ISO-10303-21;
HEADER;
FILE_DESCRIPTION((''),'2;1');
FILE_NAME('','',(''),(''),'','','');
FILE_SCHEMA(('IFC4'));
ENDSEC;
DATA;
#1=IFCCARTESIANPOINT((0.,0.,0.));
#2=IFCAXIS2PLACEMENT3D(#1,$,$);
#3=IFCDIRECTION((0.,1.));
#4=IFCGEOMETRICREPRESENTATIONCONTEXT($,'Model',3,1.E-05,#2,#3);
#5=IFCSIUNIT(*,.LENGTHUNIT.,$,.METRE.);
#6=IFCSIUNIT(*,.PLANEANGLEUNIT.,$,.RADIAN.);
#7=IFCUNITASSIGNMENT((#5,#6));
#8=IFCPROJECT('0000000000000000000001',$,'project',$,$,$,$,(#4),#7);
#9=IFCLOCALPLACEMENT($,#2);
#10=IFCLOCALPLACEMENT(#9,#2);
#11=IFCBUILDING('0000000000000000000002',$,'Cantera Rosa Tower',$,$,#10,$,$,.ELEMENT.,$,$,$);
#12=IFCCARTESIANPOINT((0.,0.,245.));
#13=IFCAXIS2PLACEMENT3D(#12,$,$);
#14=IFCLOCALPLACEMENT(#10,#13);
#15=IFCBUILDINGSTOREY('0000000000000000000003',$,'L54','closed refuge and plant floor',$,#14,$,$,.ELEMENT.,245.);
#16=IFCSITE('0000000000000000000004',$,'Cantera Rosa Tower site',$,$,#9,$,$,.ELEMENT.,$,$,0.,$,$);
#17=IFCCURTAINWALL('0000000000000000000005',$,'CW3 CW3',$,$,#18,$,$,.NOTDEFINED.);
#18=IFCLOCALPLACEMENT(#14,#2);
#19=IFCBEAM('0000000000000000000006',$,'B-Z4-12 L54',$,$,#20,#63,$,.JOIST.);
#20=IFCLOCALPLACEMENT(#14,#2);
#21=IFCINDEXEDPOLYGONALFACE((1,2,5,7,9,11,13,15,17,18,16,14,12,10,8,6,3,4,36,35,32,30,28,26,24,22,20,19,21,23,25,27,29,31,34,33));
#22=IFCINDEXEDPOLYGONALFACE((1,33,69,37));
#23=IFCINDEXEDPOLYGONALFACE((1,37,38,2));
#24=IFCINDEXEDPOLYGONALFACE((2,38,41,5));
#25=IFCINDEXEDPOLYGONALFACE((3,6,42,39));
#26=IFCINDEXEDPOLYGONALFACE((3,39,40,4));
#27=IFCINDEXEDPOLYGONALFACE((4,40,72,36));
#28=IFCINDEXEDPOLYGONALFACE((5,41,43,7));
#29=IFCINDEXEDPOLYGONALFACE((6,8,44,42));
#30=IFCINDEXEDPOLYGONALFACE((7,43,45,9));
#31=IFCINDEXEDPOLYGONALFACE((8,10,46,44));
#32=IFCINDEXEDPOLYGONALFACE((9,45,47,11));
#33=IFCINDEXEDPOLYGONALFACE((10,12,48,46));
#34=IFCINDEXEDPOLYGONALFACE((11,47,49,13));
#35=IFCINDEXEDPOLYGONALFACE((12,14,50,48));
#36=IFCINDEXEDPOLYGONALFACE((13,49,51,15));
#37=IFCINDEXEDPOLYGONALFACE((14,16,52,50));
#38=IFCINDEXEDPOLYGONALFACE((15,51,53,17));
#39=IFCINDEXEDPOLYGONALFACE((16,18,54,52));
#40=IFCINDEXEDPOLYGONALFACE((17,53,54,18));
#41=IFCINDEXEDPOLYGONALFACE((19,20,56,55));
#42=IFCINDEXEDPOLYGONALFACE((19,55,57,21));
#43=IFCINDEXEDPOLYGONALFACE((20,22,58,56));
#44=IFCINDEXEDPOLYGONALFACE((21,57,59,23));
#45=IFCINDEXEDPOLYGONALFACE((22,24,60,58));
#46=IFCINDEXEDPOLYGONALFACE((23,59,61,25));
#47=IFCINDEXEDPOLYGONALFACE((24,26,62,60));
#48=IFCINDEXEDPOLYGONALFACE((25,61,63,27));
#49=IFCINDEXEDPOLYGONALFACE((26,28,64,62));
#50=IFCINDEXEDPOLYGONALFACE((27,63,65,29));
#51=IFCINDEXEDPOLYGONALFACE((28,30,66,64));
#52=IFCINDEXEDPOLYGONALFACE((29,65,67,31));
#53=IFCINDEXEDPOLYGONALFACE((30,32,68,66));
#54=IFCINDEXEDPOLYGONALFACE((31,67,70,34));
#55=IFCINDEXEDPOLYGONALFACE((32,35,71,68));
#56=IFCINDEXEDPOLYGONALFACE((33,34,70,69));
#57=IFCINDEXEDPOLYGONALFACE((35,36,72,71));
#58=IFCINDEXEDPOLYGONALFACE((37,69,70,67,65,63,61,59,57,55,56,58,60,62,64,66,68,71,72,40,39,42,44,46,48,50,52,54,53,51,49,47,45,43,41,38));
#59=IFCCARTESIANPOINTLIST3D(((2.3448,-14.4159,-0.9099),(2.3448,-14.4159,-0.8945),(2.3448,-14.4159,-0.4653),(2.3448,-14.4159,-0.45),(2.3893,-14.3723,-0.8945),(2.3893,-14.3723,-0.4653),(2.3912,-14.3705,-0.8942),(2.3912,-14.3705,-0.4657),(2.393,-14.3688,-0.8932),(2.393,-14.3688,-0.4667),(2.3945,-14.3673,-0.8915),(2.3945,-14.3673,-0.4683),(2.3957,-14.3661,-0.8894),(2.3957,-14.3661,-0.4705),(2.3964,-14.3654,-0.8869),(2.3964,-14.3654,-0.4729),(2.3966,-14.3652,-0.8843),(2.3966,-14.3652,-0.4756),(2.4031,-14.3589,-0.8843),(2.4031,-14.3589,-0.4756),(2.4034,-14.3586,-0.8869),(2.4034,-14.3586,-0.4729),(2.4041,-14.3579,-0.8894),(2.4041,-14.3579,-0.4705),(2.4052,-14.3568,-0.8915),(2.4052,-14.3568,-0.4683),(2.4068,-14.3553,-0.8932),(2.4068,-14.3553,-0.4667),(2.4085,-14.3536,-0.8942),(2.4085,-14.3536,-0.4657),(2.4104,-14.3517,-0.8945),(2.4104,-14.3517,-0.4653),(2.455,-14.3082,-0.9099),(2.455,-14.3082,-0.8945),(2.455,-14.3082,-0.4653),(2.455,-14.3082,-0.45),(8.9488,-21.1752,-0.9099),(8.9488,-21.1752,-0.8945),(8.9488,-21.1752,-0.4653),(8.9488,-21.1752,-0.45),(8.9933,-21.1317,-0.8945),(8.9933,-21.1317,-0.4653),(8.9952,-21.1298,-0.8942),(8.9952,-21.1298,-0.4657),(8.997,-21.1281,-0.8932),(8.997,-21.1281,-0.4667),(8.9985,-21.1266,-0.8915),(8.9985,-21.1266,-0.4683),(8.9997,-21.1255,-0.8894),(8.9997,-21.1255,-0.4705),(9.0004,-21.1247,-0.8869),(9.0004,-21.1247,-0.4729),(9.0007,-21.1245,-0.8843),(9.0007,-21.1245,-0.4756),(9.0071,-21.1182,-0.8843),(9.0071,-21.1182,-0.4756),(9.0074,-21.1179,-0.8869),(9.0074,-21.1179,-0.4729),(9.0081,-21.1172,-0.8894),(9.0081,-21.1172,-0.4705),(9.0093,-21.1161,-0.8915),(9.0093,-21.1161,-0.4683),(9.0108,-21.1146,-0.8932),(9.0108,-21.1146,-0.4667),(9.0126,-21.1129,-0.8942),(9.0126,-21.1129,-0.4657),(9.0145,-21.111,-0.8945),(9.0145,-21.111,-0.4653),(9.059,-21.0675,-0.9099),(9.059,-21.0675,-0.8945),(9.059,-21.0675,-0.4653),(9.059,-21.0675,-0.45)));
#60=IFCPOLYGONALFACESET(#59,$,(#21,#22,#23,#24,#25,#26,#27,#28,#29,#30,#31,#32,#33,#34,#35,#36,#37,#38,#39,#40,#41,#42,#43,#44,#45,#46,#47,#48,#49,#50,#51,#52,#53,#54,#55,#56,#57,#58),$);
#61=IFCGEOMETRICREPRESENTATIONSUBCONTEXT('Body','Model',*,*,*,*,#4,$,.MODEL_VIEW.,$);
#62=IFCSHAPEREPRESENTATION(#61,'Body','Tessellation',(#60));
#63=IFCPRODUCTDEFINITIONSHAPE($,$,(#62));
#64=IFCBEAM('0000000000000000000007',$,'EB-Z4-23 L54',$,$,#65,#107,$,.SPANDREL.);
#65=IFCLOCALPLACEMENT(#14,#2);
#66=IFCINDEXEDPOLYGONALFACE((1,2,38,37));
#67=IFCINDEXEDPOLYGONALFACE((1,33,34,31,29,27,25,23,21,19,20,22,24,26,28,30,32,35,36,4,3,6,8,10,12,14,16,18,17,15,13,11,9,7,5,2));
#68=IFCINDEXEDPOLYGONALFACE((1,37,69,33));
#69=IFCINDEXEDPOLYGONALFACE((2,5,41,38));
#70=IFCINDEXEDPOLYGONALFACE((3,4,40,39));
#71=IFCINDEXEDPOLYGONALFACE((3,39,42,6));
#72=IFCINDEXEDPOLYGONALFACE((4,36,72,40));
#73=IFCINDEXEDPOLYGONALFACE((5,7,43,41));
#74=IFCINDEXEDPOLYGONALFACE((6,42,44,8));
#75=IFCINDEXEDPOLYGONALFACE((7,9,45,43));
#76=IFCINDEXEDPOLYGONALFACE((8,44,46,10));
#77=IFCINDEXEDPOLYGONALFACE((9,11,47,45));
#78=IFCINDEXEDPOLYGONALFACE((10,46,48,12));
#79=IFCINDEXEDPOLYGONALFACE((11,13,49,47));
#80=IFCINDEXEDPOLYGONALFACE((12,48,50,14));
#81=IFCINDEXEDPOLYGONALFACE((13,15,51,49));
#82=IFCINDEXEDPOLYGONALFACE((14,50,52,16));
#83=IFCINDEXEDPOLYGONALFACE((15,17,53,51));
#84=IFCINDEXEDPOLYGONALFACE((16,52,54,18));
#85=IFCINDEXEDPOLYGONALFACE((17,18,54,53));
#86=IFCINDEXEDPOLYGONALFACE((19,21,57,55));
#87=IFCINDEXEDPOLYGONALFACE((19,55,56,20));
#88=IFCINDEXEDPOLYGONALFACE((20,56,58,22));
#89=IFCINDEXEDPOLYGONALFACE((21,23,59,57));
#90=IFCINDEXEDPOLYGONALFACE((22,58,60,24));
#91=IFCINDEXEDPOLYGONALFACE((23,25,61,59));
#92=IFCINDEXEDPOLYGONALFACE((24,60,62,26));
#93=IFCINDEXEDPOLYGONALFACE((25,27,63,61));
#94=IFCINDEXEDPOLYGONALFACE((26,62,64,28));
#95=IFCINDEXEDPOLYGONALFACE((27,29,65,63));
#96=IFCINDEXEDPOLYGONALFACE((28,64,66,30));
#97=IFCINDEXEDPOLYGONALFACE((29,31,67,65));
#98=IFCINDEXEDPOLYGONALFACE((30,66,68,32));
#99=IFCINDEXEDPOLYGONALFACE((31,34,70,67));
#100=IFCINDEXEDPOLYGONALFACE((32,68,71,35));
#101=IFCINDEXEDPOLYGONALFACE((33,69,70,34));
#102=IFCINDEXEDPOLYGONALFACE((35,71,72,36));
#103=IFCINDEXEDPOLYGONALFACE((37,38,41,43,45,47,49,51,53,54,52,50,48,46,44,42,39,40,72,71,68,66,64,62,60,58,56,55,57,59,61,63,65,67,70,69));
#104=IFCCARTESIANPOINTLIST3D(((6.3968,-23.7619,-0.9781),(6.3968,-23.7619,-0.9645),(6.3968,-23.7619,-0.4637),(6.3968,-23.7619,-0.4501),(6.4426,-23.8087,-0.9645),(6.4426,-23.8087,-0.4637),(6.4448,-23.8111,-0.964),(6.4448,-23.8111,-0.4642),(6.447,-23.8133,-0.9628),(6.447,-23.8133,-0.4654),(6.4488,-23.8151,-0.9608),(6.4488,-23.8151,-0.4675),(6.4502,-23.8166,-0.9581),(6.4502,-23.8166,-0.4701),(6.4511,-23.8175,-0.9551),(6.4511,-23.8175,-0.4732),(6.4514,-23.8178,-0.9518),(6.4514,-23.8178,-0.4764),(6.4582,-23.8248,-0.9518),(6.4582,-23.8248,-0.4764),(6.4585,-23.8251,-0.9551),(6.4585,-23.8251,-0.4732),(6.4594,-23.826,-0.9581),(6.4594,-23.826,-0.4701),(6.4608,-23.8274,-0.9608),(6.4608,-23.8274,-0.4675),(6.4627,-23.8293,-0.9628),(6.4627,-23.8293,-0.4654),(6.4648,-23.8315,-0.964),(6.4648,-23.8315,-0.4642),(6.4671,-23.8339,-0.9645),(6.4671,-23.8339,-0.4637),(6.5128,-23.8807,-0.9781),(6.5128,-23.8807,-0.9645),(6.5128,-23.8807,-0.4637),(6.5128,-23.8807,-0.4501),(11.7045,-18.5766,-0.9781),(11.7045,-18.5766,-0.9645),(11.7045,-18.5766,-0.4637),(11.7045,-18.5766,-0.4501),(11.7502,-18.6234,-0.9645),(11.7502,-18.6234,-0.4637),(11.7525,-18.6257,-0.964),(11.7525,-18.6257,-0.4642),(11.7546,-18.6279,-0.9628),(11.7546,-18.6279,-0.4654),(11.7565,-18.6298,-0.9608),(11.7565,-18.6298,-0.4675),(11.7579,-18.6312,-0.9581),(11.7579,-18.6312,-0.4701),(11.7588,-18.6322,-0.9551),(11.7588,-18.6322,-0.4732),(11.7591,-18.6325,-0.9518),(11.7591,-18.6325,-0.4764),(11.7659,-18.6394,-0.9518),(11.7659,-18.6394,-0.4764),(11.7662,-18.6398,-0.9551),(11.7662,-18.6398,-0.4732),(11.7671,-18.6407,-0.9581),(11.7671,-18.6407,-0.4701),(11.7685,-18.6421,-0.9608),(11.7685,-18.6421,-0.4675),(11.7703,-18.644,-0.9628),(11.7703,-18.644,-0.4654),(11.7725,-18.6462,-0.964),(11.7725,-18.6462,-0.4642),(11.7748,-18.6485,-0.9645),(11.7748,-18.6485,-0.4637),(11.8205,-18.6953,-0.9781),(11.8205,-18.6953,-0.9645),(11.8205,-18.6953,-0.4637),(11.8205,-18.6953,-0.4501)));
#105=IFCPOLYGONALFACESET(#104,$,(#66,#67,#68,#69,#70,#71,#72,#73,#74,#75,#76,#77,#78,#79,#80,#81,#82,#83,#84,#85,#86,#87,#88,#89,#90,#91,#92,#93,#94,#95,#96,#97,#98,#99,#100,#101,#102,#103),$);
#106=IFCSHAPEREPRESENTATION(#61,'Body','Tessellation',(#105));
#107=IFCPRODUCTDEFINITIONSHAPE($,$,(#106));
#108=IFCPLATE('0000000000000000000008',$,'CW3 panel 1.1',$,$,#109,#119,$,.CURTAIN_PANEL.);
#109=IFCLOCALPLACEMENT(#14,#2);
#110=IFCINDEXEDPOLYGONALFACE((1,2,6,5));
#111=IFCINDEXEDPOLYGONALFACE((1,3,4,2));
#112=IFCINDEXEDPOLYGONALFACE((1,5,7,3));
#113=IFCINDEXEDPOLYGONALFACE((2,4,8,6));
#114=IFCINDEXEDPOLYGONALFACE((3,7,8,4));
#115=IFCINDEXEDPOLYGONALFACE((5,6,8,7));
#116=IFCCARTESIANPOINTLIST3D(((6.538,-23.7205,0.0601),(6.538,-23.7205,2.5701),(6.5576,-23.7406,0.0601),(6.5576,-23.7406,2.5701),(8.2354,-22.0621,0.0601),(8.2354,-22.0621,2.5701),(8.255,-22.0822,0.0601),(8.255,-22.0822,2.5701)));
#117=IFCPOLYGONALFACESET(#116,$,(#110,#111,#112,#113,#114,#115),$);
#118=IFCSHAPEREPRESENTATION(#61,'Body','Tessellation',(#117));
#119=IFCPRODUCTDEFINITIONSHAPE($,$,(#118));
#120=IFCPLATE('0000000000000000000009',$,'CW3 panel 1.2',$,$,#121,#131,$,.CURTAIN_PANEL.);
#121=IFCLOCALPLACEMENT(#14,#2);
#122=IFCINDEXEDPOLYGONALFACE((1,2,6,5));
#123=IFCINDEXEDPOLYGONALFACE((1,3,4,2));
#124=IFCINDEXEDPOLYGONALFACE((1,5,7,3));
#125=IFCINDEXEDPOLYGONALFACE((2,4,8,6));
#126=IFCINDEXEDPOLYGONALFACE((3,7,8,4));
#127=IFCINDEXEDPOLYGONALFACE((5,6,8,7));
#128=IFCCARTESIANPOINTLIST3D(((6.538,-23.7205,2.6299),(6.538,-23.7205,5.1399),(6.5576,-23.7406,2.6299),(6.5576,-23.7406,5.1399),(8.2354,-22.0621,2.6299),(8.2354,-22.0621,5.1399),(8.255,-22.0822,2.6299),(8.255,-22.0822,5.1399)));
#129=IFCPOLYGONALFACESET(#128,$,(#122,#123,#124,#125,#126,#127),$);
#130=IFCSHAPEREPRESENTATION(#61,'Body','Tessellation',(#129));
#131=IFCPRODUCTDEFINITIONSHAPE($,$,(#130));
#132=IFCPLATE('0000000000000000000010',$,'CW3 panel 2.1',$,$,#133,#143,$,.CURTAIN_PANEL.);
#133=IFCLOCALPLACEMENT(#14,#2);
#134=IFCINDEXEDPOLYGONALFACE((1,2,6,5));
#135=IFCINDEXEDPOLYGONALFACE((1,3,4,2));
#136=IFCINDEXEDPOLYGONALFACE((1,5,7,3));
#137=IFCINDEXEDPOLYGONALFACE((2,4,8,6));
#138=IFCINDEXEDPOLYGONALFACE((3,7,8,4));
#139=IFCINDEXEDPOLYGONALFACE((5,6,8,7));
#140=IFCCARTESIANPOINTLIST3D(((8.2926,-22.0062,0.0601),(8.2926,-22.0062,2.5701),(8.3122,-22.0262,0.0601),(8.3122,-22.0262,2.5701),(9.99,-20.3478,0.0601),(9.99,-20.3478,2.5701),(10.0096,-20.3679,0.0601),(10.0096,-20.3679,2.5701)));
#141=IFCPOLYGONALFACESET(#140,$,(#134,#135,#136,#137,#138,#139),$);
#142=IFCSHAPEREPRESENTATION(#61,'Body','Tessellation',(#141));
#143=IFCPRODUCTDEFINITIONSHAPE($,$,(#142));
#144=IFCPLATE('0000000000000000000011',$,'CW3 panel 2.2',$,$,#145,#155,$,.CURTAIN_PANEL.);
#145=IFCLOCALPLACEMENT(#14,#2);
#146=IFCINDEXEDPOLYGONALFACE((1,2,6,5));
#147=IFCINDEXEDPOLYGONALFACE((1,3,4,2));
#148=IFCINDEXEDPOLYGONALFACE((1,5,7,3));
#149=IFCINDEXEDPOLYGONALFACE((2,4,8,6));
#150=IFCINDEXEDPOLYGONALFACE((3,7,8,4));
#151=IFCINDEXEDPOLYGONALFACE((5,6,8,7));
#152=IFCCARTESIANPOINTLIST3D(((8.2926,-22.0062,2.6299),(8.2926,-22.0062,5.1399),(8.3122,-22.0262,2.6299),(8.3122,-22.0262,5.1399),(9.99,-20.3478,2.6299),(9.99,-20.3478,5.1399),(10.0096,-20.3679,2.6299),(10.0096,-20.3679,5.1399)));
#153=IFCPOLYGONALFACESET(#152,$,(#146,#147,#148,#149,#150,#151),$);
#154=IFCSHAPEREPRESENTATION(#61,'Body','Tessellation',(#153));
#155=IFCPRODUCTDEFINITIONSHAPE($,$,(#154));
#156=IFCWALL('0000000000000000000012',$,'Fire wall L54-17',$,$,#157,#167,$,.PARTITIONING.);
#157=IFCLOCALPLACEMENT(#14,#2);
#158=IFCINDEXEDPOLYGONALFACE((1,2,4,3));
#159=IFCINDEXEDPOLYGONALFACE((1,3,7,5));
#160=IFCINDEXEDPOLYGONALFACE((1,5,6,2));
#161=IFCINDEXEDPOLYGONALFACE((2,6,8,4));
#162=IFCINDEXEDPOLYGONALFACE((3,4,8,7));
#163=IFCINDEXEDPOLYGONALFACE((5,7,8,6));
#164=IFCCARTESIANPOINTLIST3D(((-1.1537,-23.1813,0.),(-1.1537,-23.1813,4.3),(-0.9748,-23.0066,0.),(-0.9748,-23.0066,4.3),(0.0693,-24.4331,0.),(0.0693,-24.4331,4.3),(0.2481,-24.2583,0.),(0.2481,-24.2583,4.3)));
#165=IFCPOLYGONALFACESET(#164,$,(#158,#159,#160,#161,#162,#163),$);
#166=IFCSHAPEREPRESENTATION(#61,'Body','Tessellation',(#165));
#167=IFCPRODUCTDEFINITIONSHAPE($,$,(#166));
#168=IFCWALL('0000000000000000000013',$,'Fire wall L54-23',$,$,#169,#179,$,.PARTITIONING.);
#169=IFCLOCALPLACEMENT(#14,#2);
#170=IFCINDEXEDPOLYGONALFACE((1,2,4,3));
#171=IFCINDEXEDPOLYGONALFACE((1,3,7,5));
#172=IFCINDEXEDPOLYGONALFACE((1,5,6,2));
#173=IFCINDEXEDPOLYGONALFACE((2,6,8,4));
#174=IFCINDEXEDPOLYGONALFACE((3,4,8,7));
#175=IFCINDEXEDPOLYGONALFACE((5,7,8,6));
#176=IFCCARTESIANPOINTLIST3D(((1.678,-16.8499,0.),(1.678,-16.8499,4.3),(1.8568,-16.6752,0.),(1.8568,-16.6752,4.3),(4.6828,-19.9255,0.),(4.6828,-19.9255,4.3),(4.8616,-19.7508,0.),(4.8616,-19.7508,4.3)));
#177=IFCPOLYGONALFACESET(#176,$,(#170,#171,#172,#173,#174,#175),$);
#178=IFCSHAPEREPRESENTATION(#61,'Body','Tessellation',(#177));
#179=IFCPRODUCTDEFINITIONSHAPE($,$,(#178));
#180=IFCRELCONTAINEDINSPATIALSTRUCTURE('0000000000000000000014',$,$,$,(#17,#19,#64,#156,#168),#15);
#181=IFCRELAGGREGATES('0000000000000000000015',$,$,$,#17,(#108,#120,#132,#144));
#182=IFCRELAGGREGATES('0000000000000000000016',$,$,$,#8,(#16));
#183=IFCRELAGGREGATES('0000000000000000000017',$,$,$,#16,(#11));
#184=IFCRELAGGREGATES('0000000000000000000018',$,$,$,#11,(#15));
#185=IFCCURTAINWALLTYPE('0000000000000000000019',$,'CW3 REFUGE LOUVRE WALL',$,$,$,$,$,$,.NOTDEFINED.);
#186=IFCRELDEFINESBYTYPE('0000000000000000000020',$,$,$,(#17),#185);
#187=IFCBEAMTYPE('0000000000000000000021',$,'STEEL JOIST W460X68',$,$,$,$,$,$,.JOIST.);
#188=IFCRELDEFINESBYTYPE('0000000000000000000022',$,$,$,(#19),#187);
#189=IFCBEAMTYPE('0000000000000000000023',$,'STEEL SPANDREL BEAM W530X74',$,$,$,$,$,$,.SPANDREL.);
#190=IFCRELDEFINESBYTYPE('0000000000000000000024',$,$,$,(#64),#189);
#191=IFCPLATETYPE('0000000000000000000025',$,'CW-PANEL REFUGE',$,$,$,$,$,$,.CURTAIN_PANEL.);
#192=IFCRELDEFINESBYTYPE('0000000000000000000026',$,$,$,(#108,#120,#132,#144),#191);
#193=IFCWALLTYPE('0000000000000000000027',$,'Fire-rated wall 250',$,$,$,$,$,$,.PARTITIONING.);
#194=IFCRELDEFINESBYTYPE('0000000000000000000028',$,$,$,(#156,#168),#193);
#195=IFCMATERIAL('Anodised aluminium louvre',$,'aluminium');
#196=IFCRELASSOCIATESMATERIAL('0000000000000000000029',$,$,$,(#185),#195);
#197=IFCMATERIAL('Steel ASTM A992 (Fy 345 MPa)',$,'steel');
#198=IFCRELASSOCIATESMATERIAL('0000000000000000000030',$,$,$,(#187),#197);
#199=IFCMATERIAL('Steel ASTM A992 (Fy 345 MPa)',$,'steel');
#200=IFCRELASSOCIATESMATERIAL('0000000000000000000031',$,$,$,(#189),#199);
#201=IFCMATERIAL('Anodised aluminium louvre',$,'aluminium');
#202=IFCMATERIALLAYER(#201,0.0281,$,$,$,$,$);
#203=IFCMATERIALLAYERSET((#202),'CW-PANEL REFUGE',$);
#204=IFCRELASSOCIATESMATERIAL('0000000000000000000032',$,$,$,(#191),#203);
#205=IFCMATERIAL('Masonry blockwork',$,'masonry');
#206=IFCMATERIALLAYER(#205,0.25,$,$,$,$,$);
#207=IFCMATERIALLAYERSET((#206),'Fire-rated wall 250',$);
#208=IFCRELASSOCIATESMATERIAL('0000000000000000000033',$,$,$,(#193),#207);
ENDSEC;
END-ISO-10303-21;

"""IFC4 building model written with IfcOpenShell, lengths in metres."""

from ifc_helpers import new_model, si_unit, direction, frame, frame_2d, origin, origin_2d, place, context, subcontext, project, spatial, rectangle, i_section, extrude, material, layer, layer_set, material_profile, profile_set, type_object, element, aggregate, save


model = new_model("IFC4")

# Units and contexts
model_context = context("Model", 3, precision=1e-05, world=origin(), true_north=direction((0.0, 1.0)))
body_context = subcontext(model_context, "Body", "Model", "MODEL_VIEW")
ifc_project = project(units=[si_unit("LENGTHUNIT", "METRE"), si_unit("PLANEANGLEUNIT", "RADIAN")], contexts=[model_context])

# Site, building, storey
site_placement = place(None, origin())
site = spatial("IfcSite", under=ifc_project, at=site_placement, Name="Cantera Rosa Tower site", CompositionType="ELEMENT", RefElevation=0.0)
building_placement = place(site_placement, origin())
building = spatial("IfcBuilding", under=site, at=building_placement, Name="Cantera Rosa Tower", CompositionType="ELEMENT")
storey_placement = place(building_placement, frame((0.0, 0.0, 245.0)))
storey = spatial("IfcBuildingStorey", under=building, at=storey_placement, Name="L54", Description="closed refuge and plant floor", CompositionType="ELEMENT", Elevation=245.0)

# Curtain wall
ifc_material_1 = material(Name="Anodised aluminium louvre", Category="aluminium")
curtain_wall_type = type_object("IfcCurtainWallType", Name="CW3 REFUGE LOUVRE WALL", PredefinedType="NOTDEFINED", material=ifc_material_1)
curtain_wall_placement = place(storey_placement, origin())
curtain_wall = element("IfcCurtainWall", 1, at=curtain_wall_placement, inside=storey, type_object=curtain_wall_type, Name="CW3 CW3", PredefinedType="NOTDEFINED")

# Beams
ifc_material_2 = material(Name="Steel ASTM A992 (Fy 345 MPa)", Category="steel")
ifc_material_profile_1 = material_profile(ifc_material_2, i_section(OverallWidth=0.1541, OverallDepth=0.46, WebThickness=0.009, FlangeThickness=0.0154, FilletRadius=0.0103, at=origin_2d()), Name="W460X68")
ifc_profile_set_1 = profile_set([ifc_material_profile_1], Name="Steel ASTM A992 (Fy 345 MPa)")
beam_type_1 = type_object("IfcBeamType", Name="STEEL JOIST W460X68", PredefinedType="JOIST", material=ifc_profile_set_1)
beam_1_placement = place(storey_placement, frame((9.0039, -21.1213, -0.6799), z_axis=(-0.698843, 0.715275, 0.0), x_axis=(-0.715275, -0.698843, 0.0)))
element("IfcBeam", 2, at=beam_1_placement, inside=storey, type_object=beam_type_1, Name="B-Z4-12 L54", PredefinedType="JOIST", context=body_context, shape_type="SweptSolid", body=[
    extrude(i_section(OverallWidth=0.1541, OverallDepth=0.46, WebThickness=0.009, FlangeThickness=0.0154, FilletRadius=0.0103, at=origin_2d()), origin(), (0.0, 0.0, 1.0), 9.45),
])
ifc_material_3 = material(Name="Steel ASTM A992 (Fy 345 MPa)", Category="steel")
ifc_material_profile_2 = material_profile(ifc_material_3, i_section(OverallWidth=0.166, OverallDepth=0.5281, WebThickness=0.0098, FlangeThickness=0.0137, FilletRadius=0.0127, at=origin_2d()), Name="W530X74")
ifc_profile_set_2 = profile_set([ifc_material_profile_2], Name="Steel ASTM A992 (Fy 345 MPa)")
beam_type_2 = type_object("IfcBeamType", Name="STEEL SPANDREL BEAM W530X74", PredefinedType="SPANDREL", material=ifc_profile_set_2)
beam_2_placement = place(storey_placement, frame((6.4548, -23.8213, -0.7141), z_axis=(0.715301, 0.698817, 0.0), x_axis=(-0.698817, 0.715301, 0.0)))
element("IfcBeam", 3, at=beam_2_placement, inside=storey, type_object=beam_type_2, Name="EB-Z4-23 L54", PredefinedType="SPANDREL", context=body_context, shape_type="SweptSolid", body=[
    extrude(i_section(OverallWidth=0.166, OverallDepth=0.5281, WebThickness=0.0098, FlangeThickness=0.0137, FilletRadius=0.0127, at=origin_2d()), origin(), (0.0, 0.0, 1.0), 7.4202),
])

# Plates
ifc_material_4 = material(Name="Anodised aluminium louvre", Category="aluminium")
ifc_layer_1 = layer(ifc_material_4, 0.0281)
ifc_layer_set_1 = layer_set([ifc_layer_1], Name="CW-PANEL REFUGE")
plate_type = type_object("IfcPlateType", Name="CW-PANEL REFUGE", PredefinedType="CURTAIN_PANEL", material=ifc_layer_set_1)
plate_1_placement = place(storey_placement, frame((7.3965, -22.9014, 0.0601), z_axis=(0.0, 0.0, 1.0), x_axis=(0.715286, 0.698832, 0.0)))
plate_1 = element("IfcPlate", 4, at=plate_1_placement, type_object=plate_type, Name="CW3 panel 1.1", PredefinedType="CURTAIN_PANEL", context=body_context, shape_type="SweptSolid", body=[
    extrude(rectangle(XDim=2.373, YDim=0.0281, at=origin_2d()), origin(), (0.0, 0.0, 1.0), 2.51),
])
plate_2_placement = place(storey_placement, frame((7.3965, -22.9014, 2.6299), z_axis=(0.0, 0.0, 1.0), x_axis=(0.715286, 0.698832, 0.0)))
plate_2 = element("IfcPlate", 5, at=plate_2_placement, type_object=plate_type, Name="CW3 panel 1.2", PredefinedType="CURTAIN_PANEL", context=body_context, shape_type="SweptSolid", body=[
    extrude(rectangle(XDim=2.373, YDim=0.0281, at=origin_2d()), origin(), (0.0, 0.0, 1.0), 2.51),
])
plate_3_placement = place(storey_placement, frame((9.1511, -21.187, 0.0601), z_axis=(0.0, 0.0, 1.0), x_axis=(0.715286, 0.698832, 0.0)))
plate_3 = element("IfcPlate", 6, at=plate_3_placement, type_object=plate_type, Name="CW3 panel 2.1", PredefinedType="CURTAIN_PANEL", context=body_context, shape_type="SweptSolid", body=[
    extrude(rectangle(XDim=2.373, YDim=0.0281, at=origin_2d()), origin(), (0.0, 0.0, 1.0), 2.51),
])
plate_4_placement = place(storey_placement, frame((9.1511, -21.187, 2.6299), z_axis=(0.0, 0.0, 1.0), x_axis=(0.715286, 0.698832, 0.0)))
plate_4 = element("IfcPlate", 7, at=plate_4_placement, type_object=plate_type, Name="CW3 panel 2.2", PredefinedType="CURTAIN_PANEL", context=body_context, shape_type="SweptSolid", body=[
    extrude(rectangle(XDim=2.373, YDim=0.0281, at=origin_2d()), origin(), (0.0, 0.0, 1.0), 2.51),
])
aggregate(curtain_wall, [plate_1, plate_2, plate_3, plate_4])

# Walls
ifc_material_5 = material(Name="Masonry blockwork", Category="masonry")
ifc_layer_2 = layer(ifc_material_5, 0.25)
ifc_layer_set_2 = layer_set([ifc_layer_2], Name="Fire-rated wall 250")
wall_type = type_object("IfcWallType", Name="Fire-rated wall 250", PredefinedType="PARTITIONING", material=ifc_layer_set_2)
wall_1_placement = place(storey_placement, frame((0.1587, -24.3457, 0.0), z_axis=(0.0, 0.0, 1.0), x_axis=(-0.698828, 0.71529, 0.0)))
element("IfcWall", 8, at=wall_1_placement, inside=storey, type_object=wall_type, Name="Fire wall L54-17", PredefinedType="PARTITIONING", context=body_context, shape_type="SweptSolid", body=[
    extrude(rectangle(XDim=1.75, YDim=0.25, at=frame_2d((0.875, 0.0))), origin(), (0.0, 0.0, 1.0), 4.3),
])
wall_2_placement = place(storey_placement, frame((4.7722, -19.8381, 0.0), z_axis=(0.0, 0.0, 1.0), x_axis=(-0.698826, 0.715292, 0.0)))
element("IfcWall", 9, at=wall_2_placement, inside=storey, type_object=wall_type, Name="Fire wall L54-23", PredefinedType="PARTITIONING", context=body_context, shape_type="SweptSolid", body=[
    extrude(rectangle(XDim=4.2998, YDim=0.25, at=frame_2d((2.1499, 0.0))), origin(), (0.0, 0.0, 1.0), 4.3),
])

save(model, "model.ifc")
